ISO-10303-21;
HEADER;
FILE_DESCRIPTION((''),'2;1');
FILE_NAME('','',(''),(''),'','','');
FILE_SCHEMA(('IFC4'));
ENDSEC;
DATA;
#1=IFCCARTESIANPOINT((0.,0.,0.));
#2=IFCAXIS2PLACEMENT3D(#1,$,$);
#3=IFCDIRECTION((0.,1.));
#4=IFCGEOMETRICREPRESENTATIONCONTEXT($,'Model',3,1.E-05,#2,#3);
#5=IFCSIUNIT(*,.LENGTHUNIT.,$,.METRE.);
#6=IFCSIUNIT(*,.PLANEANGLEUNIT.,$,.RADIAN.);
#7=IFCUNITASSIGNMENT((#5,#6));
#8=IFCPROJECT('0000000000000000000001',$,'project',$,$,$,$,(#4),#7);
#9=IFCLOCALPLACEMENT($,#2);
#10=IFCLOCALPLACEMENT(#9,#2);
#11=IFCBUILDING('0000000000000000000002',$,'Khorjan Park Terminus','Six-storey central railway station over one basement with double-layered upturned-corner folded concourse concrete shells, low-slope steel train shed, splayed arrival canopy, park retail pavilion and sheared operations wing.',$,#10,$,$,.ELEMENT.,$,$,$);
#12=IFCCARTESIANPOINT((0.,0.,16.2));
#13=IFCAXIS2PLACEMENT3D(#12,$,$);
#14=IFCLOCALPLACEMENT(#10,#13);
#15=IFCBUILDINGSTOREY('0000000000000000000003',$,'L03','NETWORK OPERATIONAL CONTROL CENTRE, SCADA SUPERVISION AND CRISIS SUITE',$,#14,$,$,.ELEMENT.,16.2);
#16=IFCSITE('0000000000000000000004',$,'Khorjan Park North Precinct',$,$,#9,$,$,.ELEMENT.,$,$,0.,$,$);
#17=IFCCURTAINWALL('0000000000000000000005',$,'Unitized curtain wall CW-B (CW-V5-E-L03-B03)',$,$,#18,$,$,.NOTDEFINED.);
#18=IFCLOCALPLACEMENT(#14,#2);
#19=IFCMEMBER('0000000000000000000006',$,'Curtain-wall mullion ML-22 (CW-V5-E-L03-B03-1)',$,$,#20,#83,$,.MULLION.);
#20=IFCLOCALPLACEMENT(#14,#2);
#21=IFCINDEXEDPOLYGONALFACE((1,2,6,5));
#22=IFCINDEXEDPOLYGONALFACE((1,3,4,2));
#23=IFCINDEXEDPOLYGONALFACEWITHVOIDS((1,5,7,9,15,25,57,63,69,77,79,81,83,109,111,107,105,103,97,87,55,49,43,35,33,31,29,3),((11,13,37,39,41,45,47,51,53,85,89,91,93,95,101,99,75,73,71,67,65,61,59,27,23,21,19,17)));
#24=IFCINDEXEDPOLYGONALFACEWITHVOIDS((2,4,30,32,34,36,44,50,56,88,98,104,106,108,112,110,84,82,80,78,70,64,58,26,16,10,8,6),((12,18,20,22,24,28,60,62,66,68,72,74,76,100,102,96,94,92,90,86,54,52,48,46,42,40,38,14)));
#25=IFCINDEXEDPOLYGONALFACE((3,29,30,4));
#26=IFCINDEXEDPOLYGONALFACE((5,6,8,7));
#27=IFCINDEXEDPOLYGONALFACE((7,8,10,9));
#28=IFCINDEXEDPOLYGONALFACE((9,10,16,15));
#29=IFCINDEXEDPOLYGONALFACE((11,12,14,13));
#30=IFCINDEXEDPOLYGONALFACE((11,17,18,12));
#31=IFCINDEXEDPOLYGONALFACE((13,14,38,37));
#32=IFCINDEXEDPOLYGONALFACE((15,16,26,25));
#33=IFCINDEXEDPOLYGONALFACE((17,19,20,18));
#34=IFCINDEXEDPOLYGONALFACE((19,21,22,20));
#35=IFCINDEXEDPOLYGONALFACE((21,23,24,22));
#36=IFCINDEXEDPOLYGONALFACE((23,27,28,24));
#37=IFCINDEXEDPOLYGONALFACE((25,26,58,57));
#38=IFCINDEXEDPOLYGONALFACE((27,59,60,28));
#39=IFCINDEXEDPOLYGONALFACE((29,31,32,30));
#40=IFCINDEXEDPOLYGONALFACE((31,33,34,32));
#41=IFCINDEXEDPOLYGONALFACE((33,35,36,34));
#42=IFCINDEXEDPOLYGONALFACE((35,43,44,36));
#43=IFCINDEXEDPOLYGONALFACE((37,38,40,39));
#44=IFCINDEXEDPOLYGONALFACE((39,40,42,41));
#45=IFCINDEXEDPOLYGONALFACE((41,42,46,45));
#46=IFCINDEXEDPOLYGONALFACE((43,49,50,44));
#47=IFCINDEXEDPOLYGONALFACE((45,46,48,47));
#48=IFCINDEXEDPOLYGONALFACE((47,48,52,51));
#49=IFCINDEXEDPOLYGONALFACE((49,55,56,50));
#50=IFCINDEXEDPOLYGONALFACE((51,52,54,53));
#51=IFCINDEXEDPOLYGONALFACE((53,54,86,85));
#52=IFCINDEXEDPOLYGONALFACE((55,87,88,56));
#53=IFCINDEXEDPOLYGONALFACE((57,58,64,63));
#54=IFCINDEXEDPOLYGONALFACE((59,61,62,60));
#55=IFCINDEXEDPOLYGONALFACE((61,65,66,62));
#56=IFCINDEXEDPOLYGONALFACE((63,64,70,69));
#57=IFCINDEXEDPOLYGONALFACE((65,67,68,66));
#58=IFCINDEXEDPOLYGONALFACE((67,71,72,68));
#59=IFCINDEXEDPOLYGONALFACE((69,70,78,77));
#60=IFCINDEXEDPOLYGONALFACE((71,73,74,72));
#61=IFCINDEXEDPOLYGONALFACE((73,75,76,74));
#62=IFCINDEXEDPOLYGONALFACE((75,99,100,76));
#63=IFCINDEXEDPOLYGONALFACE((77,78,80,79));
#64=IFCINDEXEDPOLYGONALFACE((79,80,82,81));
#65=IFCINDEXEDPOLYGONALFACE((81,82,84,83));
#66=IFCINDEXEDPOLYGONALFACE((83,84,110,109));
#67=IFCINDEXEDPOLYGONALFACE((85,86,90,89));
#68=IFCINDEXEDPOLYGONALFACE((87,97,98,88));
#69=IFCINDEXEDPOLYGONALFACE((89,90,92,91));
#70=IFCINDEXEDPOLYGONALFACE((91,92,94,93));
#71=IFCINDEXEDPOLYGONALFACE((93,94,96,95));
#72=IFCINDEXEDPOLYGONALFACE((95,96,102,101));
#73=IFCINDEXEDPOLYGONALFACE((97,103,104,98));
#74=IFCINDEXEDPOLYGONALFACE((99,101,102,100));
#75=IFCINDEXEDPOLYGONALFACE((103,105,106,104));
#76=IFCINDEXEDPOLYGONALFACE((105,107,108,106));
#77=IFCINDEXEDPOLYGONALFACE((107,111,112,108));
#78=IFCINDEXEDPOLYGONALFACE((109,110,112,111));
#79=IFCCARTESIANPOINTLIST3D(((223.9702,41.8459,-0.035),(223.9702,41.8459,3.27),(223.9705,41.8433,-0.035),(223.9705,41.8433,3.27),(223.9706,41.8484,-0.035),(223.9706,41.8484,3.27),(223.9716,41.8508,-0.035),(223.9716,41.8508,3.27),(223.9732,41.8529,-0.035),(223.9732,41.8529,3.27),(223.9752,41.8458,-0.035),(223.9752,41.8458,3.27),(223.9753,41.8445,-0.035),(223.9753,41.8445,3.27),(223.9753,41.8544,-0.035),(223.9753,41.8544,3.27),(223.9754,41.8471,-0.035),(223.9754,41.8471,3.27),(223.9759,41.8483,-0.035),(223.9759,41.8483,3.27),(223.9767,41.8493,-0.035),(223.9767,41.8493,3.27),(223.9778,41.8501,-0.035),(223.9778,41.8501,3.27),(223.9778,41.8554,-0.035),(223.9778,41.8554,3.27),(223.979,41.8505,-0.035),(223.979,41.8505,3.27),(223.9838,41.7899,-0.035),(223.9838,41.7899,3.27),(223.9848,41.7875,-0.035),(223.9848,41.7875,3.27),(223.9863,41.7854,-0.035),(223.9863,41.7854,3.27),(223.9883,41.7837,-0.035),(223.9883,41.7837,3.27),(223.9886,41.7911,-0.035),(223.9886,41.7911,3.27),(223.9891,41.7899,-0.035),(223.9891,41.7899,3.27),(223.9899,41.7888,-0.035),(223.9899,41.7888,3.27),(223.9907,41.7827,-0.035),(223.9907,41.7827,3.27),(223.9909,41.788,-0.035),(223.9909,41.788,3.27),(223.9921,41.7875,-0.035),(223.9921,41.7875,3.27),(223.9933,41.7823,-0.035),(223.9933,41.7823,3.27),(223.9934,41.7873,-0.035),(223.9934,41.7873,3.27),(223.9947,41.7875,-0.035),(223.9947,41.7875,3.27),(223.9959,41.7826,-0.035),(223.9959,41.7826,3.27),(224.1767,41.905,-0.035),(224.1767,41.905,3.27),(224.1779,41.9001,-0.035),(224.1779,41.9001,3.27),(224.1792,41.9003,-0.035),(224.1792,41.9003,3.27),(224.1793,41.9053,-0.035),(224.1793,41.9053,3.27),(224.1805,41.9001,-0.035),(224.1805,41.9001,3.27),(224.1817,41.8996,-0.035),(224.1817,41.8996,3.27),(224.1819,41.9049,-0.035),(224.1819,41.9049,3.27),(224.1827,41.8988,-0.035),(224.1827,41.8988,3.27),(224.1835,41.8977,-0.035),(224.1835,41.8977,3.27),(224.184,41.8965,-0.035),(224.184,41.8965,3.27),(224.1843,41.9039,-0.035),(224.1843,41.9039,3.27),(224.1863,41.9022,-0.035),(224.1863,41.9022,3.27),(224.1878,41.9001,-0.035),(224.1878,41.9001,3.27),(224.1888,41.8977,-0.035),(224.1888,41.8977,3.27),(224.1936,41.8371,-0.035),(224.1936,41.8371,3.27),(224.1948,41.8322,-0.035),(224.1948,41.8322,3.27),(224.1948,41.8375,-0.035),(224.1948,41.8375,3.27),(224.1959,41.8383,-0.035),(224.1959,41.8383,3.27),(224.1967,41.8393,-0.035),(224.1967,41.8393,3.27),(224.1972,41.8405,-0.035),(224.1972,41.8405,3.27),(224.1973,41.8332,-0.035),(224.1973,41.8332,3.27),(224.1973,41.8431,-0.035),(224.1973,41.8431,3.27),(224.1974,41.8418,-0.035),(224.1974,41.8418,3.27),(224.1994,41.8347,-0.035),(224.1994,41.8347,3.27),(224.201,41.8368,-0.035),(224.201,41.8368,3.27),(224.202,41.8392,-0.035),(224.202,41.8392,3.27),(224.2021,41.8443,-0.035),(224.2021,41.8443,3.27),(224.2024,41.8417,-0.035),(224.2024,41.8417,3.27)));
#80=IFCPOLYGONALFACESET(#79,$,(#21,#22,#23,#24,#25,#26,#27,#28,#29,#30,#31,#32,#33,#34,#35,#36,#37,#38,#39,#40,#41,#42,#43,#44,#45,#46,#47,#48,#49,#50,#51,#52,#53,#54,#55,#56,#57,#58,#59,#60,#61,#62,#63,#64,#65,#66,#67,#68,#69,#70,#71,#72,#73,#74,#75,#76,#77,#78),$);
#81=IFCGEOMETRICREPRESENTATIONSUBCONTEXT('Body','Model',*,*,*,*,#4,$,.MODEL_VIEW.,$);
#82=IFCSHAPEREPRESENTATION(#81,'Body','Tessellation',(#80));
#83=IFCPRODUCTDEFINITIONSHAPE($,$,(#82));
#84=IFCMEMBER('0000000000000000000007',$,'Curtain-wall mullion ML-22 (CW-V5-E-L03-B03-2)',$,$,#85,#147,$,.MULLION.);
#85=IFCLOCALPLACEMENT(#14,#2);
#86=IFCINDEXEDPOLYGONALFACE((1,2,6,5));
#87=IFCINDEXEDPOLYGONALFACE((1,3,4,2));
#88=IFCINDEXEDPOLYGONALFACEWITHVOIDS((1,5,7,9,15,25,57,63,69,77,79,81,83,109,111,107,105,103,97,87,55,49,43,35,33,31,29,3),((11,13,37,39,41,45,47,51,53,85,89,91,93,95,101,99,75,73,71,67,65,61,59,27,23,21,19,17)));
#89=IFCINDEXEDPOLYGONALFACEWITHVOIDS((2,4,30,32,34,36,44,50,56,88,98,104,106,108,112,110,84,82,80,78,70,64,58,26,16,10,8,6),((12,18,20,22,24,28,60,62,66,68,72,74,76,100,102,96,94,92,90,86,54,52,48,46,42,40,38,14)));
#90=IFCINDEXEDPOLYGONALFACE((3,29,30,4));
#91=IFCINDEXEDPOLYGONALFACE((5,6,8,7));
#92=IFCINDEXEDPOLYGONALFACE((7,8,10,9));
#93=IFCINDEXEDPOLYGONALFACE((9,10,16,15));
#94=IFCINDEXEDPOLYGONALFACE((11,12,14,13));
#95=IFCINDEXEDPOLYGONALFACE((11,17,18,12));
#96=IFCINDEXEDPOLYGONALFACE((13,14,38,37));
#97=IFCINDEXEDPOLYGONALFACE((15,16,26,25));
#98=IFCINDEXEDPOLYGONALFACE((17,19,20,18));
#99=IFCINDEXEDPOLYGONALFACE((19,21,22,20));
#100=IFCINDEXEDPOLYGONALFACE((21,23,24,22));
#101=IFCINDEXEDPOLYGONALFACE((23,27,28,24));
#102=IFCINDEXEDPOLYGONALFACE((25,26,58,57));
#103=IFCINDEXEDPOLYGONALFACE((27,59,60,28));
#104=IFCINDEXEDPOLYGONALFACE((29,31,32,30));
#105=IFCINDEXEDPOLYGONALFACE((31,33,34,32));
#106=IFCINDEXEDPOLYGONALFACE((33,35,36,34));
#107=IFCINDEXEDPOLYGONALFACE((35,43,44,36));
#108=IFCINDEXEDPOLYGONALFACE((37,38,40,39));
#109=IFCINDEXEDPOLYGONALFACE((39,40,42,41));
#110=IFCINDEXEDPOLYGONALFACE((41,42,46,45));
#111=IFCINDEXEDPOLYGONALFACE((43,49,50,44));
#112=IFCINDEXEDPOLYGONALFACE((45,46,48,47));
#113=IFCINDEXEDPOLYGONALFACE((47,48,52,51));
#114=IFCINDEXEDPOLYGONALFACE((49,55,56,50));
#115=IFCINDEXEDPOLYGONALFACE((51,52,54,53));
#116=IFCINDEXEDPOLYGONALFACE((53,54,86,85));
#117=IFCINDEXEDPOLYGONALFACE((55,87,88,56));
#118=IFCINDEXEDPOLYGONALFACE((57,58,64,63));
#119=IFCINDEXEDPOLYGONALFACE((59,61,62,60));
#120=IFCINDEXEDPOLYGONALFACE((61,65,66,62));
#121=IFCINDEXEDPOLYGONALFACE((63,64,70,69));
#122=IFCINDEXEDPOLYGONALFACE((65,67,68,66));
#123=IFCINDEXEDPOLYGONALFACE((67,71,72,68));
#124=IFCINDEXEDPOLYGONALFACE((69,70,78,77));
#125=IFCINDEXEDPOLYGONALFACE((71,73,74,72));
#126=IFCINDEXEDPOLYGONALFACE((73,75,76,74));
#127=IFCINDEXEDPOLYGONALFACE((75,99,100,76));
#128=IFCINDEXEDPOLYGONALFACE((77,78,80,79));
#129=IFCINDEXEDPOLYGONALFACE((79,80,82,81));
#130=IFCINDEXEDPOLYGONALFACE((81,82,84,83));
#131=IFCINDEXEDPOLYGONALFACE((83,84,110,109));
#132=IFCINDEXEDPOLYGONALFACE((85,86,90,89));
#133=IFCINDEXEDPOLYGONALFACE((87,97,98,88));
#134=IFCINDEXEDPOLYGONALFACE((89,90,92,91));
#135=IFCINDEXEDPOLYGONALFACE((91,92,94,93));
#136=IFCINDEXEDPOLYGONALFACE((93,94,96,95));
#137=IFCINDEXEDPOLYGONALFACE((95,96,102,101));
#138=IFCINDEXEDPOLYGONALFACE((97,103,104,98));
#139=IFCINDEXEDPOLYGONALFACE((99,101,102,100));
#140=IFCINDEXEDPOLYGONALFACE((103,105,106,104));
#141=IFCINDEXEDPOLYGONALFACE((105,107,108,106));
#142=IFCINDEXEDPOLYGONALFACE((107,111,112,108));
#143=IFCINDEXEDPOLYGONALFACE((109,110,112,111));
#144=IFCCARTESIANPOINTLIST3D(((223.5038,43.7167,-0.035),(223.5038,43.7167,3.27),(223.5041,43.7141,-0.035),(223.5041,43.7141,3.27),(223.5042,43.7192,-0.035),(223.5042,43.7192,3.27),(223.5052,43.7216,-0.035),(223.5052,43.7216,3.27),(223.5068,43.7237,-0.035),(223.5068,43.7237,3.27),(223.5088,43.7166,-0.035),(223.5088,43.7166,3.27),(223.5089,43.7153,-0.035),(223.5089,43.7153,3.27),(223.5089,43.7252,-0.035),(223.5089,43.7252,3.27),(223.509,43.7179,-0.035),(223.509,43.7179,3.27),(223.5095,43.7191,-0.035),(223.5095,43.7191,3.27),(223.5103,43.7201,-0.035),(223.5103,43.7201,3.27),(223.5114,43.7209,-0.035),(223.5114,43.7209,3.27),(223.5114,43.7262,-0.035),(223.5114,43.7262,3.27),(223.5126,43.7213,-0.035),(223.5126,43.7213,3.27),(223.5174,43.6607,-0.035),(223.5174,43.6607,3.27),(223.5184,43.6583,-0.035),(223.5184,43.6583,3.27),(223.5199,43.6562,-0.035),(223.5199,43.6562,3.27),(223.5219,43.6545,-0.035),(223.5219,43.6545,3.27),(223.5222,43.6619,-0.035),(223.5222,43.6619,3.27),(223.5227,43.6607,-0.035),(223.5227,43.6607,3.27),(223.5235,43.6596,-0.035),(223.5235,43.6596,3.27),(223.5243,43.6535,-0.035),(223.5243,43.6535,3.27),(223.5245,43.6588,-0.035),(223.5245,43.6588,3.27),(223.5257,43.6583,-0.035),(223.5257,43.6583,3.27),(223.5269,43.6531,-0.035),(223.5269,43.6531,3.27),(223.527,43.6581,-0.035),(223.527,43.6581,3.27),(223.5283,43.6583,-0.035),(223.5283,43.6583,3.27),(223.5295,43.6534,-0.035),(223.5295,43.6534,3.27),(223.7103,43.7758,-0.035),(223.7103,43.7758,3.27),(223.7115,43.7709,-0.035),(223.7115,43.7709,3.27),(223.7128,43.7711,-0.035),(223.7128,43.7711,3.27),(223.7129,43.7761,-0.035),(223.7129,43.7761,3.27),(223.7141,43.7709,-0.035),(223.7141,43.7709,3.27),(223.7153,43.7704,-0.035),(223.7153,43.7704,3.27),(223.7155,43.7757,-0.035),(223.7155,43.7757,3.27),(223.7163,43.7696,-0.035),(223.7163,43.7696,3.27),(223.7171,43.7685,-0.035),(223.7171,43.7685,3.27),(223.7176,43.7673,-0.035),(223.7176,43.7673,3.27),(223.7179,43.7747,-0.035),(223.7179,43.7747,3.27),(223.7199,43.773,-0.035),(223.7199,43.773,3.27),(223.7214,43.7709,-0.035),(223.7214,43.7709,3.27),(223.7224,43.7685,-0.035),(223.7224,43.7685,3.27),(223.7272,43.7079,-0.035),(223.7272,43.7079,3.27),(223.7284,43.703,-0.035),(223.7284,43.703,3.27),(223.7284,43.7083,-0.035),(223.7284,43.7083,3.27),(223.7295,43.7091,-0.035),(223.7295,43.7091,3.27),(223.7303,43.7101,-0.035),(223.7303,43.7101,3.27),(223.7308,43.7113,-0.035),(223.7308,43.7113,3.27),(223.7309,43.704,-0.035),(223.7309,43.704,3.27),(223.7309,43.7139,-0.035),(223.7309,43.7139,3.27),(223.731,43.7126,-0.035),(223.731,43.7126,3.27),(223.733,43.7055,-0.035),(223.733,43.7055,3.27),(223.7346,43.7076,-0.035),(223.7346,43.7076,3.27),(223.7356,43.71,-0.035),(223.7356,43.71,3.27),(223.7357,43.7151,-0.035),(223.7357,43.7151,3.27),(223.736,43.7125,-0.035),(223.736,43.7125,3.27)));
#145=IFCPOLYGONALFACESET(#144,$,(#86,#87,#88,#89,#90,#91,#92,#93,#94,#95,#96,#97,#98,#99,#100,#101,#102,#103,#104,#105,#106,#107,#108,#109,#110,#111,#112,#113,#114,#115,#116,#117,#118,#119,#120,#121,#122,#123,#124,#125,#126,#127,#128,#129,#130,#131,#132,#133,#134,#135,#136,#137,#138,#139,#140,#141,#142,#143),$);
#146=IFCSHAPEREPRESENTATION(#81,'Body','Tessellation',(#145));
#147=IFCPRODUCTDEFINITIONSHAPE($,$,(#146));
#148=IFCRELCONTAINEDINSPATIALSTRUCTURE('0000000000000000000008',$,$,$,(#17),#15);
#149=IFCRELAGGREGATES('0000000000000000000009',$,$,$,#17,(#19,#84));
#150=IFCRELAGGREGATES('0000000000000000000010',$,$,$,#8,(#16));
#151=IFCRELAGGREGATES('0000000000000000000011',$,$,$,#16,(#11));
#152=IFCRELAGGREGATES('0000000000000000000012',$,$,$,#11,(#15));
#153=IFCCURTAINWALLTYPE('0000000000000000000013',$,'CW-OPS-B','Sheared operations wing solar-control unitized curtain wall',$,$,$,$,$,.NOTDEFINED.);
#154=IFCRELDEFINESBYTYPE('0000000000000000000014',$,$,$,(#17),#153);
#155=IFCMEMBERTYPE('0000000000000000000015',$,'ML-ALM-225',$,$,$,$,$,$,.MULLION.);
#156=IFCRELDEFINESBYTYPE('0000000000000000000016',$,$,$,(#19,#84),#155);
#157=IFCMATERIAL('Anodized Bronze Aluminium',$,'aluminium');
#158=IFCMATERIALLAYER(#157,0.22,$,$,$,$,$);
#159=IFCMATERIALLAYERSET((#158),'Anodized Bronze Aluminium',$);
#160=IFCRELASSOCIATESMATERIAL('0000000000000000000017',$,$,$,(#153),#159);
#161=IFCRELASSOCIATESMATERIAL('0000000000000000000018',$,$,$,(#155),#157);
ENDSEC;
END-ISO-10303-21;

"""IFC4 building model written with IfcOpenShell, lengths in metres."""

from ifc_helpers import new_model, si_unit, direction, frame, origin, origin_2d, place, context, subcontext, project, spatial, hollow_rectangle, extrude, material, layer, layer_set, material_profile, profile_set, type_object, element, aggregate, save


model = new_model("IFC4")

# Units and contexts
model_context = context("Model", 3, precision=1e-05, world=origin(), true_north=direction((0.0, 1.0)))
body_context = subcontext(model_context, "Body", "Model", "MODEL_VIEW")
ifc_project = project(units=[si_unit("LENGTHUNIT", "METRE"), si_unit("PLANEANGLEUNIT", "RADIAN")], contexts=[model_context])

# Site, building, storey
site_placement = place(None, origin())
site = spatial("IfcSite", under=ifc_project, at=site_placement, Name="Khorjan Park North Precinct", CompositionType="ELEMENT", RefElevation=0.0)
building_placement = place(site_placement, origin())
building = spatial("IfcBuilding", under=site, at=building_placement, Name="Khorjan Park Terminus", Description="Six-storey central railway station over one basement with double-layered upturned-corner folded concourse concrete shells, low-slope steel train shed, splayed arrival canopy, park retail pavilion and sheared operations wing.", CompositionType="ELEMENT")
storey_placement = place(building_placement, frame((0.0, 0.0, 16.2)))
storey = spatial("IfcBuildingStorey", under=building, at=storey_placement, Name="L03", Description="NETWORK OPERATIONAL CONTROL CENTRE, SCADA SUPERVISION AND CRISIS SUITE", CompositionType="ELEMENT", Elevation=16.2)

# Curtain wall, members
ifc_material_1 = material(Name="Anodized Bronze Aluminium", Category="aluminium")
ifc_layer_1 = layer(ifc_material_1, 0.22)
ifc_layer_set_1 = layer_set([ifc_layer_1], Name="Anodized Bronze Aluminium")
curtain_wall_type = type_object("IfcCurtainWallType", Name="CW-OPS-B", Description="Sheared operations wing solar-control unitized curtain wall", PredefinedType="NOTDEFINED", material=ifc_layer_set_1)
curtain_wall_placement = place(storey_placement, origin())
curtain_wall = element("IfcCurtainWall", 1, at=curtain_wall_placement, inside=storey, type_object=curtain_wall_type, Name="Unitized curtain wall CW-B (CW-V5-E-L03-B03)", PredefinedType="NOTDEFINED")
ifc_material_profile_1 = material_profile(ifc_material_1, hollow_rectangle(XDim=0.075, YDim=0.225, WallThickness=0.005, InnerFilletRadius=0.005, OuterFilletRadius=0.01, at=origin_2d()), Name="ALM 75x225x5")
ifc_profile_set_1 = profile_set([ifc_material_profile_1], Name="Anodized Bronze Aluminium")
member_type_1 = type_object("IfcMemberType", Name="ML-ALM-225", PredefinedType="MULLION", material=ifc_profile_set_1)
member_1_placement = place(storey_placement, frame((224.0863, 41.8438, -0.035), z_axis=(0.0, 0.0, 1.0), x_axis=(-0.241923, 0.970295, 0.0)))
member_1 = element("IfcMember", 2, at=member_1_placement, type_object=member_type_1, Name="Curtain-wall mullion ML-22 (CW-V5-E-L03-B03-1)", PredefinedType="MULLION", context=body_context, shape_type="SweptSolid", body=[
    extrude(hollow_rectangle(XDim=0.075, YDim=0.225, WallThickness=0.005, InnerFilletRadius=0.005, OuterFilletRadius=0.01, at=origin_2d()), origin(), (0.0, 0.0, 1.0), 3.305),
])
member_2_placement = place(storey_placement, frame((223.6199, 43.7146, -0.035), z_axis=(0.0, 0.0, 1.0), x_axis=(-0.241923, 0.970295, 0.0)))
member_2 = element("IfcMember", 3, at=member_2_placement, type_object=member_type_1, Name="Curtain-wall mullion ML-22 (CW-V5-E-L03-B03-2)", PredefinedType="MULLION", context=body_context, shape_type="SweptSolid", body=[
    extrude(hollow_rectangle(XDim=0.075, YDim=0.225, WallThickness=0.005, InnerFilletRadius=0.005, OuterFilletRadius=0.01, at=origin_2d()), origin(), (0.0, 0.0, 1.0), 3.305),
])
aggregate(curtain_wall, [member_1, member_2])

save(model, "model.ifc")
